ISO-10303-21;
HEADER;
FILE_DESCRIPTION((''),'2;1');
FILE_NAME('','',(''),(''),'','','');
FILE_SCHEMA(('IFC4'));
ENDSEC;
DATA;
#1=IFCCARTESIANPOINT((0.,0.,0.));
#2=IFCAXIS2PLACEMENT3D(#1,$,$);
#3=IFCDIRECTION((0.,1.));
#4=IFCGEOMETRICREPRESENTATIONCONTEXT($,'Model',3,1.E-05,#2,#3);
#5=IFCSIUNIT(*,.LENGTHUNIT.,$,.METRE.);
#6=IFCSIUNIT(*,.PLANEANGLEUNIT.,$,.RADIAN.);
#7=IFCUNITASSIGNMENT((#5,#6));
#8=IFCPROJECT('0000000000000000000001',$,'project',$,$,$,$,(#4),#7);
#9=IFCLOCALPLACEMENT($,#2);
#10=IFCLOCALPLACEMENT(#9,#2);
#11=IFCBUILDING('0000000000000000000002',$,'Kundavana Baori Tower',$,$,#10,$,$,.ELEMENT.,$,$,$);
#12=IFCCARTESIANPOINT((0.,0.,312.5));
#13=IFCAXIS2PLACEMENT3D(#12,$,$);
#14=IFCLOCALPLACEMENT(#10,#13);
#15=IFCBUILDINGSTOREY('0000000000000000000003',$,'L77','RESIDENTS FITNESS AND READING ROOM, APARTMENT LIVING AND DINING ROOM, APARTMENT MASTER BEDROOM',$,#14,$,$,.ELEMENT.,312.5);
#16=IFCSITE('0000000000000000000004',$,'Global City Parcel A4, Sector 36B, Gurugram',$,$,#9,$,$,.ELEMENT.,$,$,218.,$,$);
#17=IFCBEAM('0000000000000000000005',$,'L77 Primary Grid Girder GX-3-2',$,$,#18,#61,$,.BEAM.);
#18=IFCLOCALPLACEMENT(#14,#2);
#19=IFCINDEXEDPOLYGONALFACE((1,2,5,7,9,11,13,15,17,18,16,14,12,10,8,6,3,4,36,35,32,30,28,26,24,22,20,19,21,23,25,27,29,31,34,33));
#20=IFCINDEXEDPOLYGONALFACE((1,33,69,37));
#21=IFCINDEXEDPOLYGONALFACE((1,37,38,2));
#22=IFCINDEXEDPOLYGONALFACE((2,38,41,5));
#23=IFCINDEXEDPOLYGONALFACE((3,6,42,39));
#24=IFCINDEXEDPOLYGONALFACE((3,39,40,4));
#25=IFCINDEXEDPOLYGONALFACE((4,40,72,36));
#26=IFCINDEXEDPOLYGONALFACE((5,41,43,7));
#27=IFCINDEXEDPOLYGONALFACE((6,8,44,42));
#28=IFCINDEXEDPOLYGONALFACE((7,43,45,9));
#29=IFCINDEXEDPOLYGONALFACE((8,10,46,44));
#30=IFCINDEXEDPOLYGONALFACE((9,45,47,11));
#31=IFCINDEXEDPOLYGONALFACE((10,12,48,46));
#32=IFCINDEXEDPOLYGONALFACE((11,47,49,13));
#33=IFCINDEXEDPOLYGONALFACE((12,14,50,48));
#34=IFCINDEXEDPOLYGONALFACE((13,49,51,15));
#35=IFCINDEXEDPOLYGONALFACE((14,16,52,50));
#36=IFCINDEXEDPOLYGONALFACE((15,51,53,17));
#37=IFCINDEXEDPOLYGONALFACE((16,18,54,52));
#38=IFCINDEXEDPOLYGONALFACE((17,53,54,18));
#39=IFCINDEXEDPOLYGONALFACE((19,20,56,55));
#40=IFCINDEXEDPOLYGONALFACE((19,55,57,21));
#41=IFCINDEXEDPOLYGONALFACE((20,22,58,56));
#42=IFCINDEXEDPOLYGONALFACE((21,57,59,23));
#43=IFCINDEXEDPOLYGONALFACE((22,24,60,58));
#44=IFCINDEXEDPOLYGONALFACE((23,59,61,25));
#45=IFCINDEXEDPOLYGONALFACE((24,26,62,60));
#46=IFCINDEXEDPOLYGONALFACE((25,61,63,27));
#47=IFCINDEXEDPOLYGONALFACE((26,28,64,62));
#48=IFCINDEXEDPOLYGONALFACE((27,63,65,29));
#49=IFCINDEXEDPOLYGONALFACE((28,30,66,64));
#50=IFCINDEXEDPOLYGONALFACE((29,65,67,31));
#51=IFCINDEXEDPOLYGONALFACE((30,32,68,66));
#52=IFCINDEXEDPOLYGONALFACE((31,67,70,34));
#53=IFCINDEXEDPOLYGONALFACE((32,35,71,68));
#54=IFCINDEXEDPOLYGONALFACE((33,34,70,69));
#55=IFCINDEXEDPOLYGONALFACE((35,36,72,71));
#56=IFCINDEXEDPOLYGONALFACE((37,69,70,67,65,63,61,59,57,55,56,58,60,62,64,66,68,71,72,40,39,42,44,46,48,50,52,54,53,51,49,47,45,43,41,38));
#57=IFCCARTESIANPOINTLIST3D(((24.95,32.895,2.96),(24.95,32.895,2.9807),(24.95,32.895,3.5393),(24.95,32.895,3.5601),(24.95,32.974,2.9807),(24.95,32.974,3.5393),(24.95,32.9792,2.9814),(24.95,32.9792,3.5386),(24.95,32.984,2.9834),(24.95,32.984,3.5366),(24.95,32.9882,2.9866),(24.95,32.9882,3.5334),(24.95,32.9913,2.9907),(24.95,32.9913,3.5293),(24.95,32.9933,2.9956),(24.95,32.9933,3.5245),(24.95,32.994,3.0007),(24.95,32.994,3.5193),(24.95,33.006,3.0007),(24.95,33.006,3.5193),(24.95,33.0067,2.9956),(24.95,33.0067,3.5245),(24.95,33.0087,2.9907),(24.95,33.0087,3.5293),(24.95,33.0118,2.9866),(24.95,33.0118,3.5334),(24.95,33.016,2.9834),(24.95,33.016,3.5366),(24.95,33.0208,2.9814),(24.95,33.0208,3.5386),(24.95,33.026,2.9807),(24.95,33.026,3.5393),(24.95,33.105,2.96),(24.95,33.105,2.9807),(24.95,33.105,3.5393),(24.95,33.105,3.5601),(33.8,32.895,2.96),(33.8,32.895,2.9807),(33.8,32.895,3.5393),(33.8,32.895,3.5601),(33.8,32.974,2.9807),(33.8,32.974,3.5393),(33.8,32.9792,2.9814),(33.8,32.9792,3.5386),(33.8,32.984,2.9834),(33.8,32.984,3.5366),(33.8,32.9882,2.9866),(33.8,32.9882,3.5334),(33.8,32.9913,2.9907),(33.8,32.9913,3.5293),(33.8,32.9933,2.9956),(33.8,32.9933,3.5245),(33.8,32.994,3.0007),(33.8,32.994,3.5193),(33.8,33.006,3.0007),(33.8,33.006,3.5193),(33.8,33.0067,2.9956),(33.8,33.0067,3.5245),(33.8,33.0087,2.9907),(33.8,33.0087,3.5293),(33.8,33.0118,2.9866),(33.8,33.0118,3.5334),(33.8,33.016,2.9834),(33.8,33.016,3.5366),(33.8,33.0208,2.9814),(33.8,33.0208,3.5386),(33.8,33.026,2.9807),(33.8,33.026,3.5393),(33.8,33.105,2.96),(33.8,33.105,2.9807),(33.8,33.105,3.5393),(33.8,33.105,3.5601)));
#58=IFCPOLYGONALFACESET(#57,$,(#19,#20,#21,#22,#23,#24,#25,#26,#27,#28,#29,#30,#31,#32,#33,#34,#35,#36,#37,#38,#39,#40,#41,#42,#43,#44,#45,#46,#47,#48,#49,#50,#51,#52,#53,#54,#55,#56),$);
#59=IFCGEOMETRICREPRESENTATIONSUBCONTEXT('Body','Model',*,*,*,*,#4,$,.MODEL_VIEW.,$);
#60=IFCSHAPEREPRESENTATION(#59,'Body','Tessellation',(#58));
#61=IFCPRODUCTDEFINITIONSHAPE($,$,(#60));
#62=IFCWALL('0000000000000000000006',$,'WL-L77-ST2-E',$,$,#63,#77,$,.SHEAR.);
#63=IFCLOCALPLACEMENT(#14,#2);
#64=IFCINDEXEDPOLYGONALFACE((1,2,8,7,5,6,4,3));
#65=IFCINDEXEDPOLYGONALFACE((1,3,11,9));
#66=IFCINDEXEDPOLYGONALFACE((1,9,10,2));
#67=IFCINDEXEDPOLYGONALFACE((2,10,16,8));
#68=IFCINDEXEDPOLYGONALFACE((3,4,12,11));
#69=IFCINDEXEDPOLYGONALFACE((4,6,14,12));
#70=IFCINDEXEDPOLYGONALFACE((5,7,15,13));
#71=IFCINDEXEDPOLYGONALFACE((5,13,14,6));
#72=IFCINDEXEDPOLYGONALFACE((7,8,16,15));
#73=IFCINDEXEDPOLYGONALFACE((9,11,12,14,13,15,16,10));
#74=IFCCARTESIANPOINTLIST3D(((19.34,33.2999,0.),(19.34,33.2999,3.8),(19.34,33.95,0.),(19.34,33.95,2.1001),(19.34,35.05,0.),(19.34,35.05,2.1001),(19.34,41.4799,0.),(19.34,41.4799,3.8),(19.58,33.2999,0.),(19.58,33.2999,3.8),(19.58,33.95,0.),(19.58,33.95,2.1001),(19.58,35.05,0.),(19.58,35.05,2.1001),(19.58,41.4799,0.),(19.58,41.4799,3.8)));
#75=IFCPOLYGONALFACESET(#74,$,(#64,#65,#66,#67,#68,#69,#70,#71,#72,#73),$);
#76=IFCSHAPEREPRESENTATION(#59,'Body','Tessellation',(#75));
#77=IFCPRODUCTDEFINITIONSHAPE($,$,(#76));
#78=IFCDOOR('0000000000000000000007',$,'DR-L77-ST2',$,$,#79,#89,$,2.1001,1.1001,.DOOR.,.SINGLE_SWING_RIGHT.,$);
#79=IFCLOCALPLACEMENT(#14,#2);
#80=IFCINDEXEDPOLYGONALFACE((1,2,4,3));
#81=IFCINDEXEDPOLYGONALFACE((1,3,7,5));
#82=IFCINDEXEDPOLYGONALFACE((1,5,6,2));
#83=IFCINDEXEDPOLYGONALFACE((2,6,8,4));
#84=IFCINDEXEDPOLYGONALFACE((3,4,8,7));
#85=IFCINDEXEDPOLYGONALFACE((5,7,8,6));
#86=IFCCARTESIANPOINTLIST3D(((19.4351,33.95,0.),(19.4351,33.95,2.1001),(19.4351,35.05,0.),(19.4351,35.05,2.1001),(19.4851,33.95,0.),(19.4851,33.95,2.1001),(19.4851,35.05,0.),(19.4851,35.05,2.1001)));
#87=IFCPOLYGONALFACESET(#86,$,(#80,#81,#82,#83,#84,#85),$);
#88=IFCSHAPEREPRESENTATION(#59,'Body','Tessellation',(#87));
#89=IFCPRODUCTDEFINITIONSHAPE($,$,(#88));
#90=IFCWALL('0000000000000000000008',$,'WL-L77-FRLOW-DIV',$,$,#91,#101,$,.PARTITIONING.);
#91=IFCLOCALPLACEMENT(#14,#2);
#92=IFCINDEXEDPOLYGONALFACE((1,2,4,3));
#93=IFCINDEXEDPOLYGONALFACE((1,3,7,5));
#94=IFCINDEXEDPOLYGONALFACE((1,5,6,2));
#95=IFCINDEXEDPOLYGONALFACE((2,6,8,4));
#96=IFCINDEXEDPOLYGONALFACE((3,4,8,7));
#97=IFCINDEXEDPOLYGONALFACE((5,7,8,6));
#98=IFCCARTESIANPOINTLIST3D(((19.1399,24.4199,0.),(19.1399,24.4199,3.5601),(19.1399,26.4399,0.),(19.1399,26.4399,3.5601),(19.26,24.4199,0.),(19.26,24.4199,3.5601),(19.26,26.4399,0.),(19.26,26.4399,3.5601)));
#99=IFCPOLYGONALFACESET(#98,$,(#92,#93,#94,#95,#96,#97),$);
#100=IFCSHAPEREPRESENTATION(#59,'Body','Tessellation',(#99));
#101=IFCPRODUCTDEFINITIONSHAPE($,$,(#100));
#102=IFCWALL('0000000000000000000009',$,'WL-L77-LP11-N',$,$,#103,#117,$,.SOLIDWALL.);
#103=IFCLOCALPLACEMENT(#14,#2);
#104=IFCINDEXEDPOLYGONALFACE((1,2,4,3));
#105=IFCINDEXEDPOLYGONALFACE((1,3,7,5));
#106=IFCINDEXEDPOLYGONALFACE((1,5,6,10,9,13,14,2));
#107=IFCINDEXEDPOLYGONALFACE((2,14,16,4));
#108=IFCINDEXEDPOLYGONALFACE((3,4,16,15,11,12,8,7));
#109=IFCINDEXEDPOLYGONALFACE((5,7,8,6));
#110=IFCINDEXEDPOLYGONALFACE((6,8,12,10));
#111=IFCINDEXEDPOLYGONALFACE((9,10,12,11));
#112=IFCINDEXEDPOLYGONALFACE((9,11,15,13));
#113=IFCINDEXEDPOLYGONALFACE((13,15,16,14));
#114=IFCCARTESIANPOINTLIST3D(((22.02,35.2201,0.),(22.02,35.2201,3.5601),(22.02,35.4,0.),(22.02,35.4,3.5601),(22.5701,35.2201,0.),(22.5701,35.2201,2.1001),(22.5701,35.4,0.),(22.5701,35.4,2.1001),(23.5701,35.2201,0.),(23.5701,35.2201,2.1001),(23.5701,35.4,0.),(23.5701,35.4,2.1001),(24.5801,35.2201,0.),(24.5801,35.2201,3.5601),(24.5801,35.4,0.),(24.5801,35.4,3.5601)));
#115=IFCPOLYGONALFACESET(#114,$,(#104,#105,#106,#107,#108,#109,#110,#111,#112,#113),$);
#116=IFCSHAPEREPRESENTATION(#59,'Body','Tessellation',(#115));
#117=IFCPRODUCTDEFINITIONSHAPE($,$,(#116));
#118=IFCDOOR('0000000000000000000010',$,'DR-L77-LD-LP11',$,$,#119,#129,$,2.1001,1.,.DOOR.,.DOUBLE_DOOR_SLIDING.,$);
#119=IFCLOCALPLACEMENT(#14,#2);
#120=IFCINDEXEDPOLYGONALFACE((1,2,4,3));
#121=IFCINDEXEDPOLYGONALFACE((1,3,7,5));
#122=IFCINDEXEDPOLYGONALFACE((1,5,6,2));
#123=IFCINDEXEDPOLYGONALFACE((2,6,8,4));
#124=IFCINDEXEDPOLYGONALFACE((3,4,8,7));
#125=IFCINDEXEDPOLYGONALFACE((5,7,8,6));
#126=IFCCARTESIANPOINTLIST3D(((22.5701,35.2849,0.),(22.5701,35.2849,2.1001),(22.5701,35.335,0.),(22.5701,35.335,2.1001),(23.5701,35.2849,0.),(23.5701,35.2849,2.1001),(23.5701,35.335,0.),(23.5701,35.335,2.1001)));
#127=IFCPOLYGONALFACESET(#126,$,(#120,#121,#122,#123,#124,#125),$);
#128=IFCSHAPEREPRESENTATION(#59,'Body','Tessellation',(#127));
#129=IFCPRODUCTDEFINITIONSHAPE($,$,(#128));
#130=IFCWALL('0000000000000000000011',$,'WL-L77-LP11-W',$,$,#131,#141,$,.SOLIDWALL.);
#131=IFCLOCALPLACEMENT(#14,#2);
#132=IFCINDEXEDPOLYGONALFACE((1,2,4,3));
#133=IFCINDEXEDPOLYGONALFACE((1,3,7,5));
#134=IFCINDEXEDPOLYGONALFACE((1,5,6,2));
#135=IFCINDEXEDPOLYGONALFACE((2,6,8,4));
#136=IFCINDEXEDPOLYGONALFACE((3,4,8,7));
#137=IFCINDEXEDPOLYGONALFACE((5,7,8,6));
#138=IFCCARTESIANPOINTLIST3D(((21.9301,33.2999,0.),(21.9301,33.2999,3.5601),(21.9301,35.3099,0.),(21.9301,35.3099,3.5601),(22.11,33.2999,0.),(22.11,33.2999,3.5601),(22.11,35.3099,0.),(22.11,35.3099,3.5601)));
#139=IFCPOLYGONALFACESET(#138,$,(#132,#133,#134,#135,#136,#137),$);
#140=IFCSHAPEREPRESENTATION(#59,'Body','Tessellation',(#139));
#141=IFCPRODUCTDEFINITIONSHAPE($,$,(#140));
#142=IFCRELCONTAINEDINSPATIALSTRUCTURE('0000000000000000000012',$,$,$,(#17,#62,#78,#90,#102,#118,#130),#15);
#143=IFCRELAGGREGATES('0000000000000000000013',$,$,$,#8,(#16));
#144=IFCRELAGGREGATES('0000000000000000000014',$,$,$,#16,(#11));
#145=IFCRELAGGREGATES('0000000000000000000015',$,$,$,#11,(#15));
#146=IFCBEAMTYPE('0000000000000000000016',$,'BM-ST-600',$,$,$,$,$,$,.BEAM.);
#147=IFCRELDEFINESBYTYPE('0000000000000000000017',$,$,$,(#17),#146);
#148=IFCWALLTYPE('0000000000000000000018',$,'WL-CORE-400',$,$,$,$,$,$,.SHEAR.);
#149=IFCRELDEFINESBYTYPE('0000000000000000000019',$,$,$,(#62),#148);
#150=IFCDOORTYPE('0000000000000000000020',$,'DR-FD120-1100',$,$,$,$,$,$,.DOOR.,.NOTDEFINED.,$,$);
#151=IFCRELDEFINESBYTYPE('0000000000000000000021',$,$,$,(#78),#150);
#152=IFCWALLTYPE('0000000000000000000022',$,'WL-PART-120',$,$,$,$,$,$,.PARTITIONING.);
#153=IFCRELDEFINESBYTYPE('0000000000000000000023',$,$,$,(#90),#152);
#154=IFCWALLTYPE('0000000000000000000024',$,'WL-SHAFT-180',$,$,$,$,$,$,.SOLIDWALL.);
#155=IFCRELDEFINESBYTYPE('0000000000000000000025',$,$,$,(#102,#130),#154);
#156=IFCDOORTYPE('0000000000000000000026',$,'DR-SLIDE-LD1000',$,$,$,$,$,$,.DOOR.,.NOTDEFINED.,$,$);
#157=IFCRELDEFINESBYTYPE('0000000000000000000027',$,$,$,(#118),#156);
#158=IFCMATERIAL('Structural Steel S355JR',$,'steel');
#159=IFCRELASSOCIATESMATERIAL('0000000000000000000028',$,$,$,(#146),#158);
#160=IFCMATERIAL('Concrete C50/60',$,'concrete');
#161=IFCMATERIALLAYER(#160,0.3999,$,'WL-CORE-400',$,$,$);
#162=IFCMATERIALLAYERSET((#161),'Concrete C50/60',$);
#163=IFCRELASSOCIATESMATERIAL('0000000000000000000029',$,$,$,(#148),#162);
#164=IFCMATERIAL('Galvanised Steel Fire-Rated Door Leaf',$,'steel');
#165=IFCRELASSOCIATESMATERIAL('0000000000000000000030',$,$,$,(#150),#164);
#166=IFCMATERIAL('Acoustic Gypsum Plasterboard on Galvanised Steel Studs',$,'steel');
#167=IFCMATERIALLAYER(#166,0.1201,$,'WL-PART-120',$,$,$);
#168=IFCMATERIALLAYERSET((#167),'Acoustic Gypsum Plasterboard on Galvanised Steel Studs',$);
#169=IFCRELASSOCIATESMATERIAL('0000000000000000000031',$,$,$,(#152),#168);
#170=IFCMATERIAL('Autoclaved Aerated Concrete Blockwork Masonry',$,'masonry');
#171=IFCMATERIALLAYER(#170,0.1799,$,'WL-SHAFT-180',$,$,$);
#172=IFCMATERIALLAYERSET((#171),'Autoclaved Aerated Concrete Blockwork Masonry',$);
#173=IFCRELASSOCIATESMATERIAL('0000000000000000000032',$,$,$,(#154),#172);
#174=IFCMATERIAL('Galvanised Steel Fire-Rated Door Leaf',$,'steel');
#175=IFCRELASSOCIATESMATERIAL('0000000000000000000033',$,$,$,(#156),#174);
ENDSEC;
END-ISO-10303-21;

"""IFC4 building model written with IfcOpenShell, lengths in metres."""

from ifc_helpers import new_model, si_unit, direction, frame, frame_2d, origin, origin_2d, place, context, subcontext, project, spatial, rectangle, i_section, extrude, material, layer, layer_set, material_profile, profile_set, type_object, element, fill, save


model = new_model("IFC4")

# Units and contexts
model_context = context("Model", 3, precision=1e-05, world=origin(), true_north=direction((0.0, 1.0)))
body_context = subcontext(model_context, "Body", "Model", "MODEL_VIEW")
ifc_project = project(units=[si_unit("LENGTHUNIT", "METRE"), si_unit("PLANEANGLEUNIT", "RADIAN")], contexts=[model_context])

# Site, building, storey
site_placement = place(None, origin())
site = spatial("IfcSite", under=ifc_project, at=site_placement, Name="Global City Parcel A4, Sector 36B, Gurugram", CompositionType="ELEMENT", RefElevation=218.0)
building_placement = place(site_placement, origin())
building = spatial("IfcBuilding", under=site, at=building_placement, Name="Kundavana Baori Tower", CompositionType="ELEMENT")
storey_placement = place(building_placement, frame((0.0, 0.0, 312.5)))
storey = spatial("IfcBuildingStorey", under=building, at=storey_placement, Name="L77", Description="RESIDENTS FITNESS AND READING ROOM, APARTMENT LIVING AND DINING ROOM, APARTMENT MASTER BEDROOM", CompositionType="ELEMENT", Elevation=312.5)

# Beam
ifc_material_1 = material(Name="Structural Steel S355JR", Category="steel")
ifc_material_profile_1 = material_profile(ifc_material_1, i_section(OverallWidth=0.21, OverallDepth=0.6001, WebThickness=0.012, FlangeThickness=0.0208, FilletRadius=0.02, at=origin_2d()), Name="ISMB 600")
ifc_profile_set_1 = profile_set([ifc_material_profile_1], Name="Structural Steel S355JR")
beam_type_1 = type_object("IfcBeamType", Name="BM-ST-600", PredefinedType="BEAM", material=ifc_profile_set_1)
for number, where, z_axis, x_axis, name in (
    (1, (24.95, 33.0, 3.26), (1.0, 0.0, 0.0), (0.0, 1.0, 0.0), "L77 Primary Grid Girder GX-3-2"),
):
    element("IfcBeam", number, at=place(storey_placement, frame(where, z_axis=z_axis, x_axis=x_axis)), inside=storey, type_object=beam_type_1, Name=name, PredefinedType="BEAM", context=body_context, shape_type="SweptSolid", body=[
        extrude(i_section(OverallWidth=0.21, OverallDepth=0.6001, WebThickness=0.012, FlangeThickness=0.0208, FilletRadius=0.02, at=origin_2d()), origin(), (0.0, 0.0, 1.0), 8.8501),
    ])

# Wall, opening, door
ifc_material_2 = material(Name="Concrete C50/60", Category="concrete")
ifc_layer_1 = layer(ifc_material_2, 0.3999, Name="WL-CORE-400")
ifc_layer_set_1 = layer_set([ifc_layer_1], Name="Concrete C50/60")
wall_type_1 = type_object("IfcWallType", Name="WL-CORE-400", PredefinedType="SHEAR", material=ifc_layer_set_1)
wall_1_placement = place(storey_placement, frame((19.46, 33.3, 0.0), z_axis=(0.0, 0.0, 1.0), x_axis=(0.0, 1.0, 0.0)))
wall_1 = element("IfcWall", 2, at=wall_1_placement, inside=storey, type_object=wall_type_1, Name="WL-L77-ST2-E", PredefinedType="SHEAR", context=body_context, shape_type="SweptSolid", body=[
    extrude(rectangle(XDim=8.1799, YDim=0.24, at=frame_2d((4.0898, 0.0))), origin(), (0.0, 0.0, 1.0), 3.8),
])
opening_1_placement = place(wall_1_placement, frame((0.6499, 0.0, 0.0)))
opening_1 = element("IfcOpeningElement", 3, at=opening_1_placement, cuts=wall_1, PredefinedType="OPENING", context=body_context, shape_type="SweptSolid", body=[
    extrude(rectangle(XDim=1.1001, YDim=2.1001, at=frame_2d((0.55, 1.05))), frame((0.0, 0.1299, 0.0), z_axis=(0.0, -1.0, 0.0), x_axis=(1.0, 0.0, 0.0)), (0.0, 0.0, 1.0), 0.26),
])
ifc_material_3 = material(Name="Galvanised Steel Fire-Rated Door Leaf", Category="steel")
door_type_1 = type_object("IfcDoorType", Name="DR-FD120-1100", OperationType="NOTDEFINED", PredefinedType="DOOR", material=ifc_material_3)
door_1_placement = place(opening_1_placement, origin())
door_1 = element("IfcDoor", 4, at=door_1_placement, inside=storey, type_object=door_type_1, Name="DR-L77-ST2", OperationType="SINGLE_SWING_RIGHT", OverallHeight=2.1001, OverallWidth=1.1001, PredefinedType="DOOR", context=body_context, shape_type="SweptSolid", body=[
    extrude(rectangle(XDim=1.1001, YDim=2.1001, at=frame_2d((0.55, 1.05))), frame((0.0, 0.0249, 0.0), z_axis=(0.0, -1.0, 0.0), x_axis=(1.0, 0.0, 0.0)), (0.0, 0.0, 1.0), 0.05),
])
fill(opening_1, door_1)

# Wall
ifc_material_4 = material(Name="Acoustic Gypsum Plasterboard on Galvanised Steel Studs", Category="steel")
ifc_layer_2 = layer(ifc_material_4, 0.1201, Name="WL-PART-120")
ifc_layer_set_2 = layer_set([ifc_layer_2], Name="Acoustic Gypsum Plasterboard on Galvanised Steel Studs")
wall_type_2 = type_object("IfcWallType", Name="WL-PART-120", PredefinedType="PARTITIONING", material=ifc_layer_set_2)
wall_2_placement = place(storey_placement, frame((19.2, 24.4199, 0.0), z_axis=(0.0, 0.0, 1.0), x_axis=(0.0, 1.0, 0.0)))
element("IfcWall", 5, at=wall_2_placement, inside=storey, type_object=wall_type_2, Name="WL-L77-FRLOW-DIV", PredefinedType="PARTITIONING", context=body_context, shape_type="SweptSolid", body=[
    extrude(rectangle(XDim=2.02, YDim=0.1201, at=frame_2d((1.01, 0.0))), origin(), (0.0, 0.0, 1.0), 3.5601),
])

# Wall, opening, door
ifc_material_5 = material(Name="Autoclaved Aerated Concrete Blockwork Masonry", Category="masonry")
ifc_layer_3 = layer(ifc_material_5, 0.1799, Name="WL-SHAFT-180")
ifc_layer_set_3 = layer_set([ifc_layer_3], Name="Autoclaved Aerated Concrete Blockwork Masonry")
wall_type_3 = type_object("IfcWallType", Name="WL-SHAFT-180", PredefinedType="SOLIDWALL", material=ifc_layer_set_3)
wall_3_placement = place(storey_placement, frame((22.02, 35.3101, 0.0), z_axis=(0.0, 0.0, 1.0), x_axis=(1.0, 0.0, 0.0)))
wall_3 = element("IfcWall", 6, at=wall_3_placement, inside=storey, type_object=wall_type_3, Name="WL-L77-LP11-N", PredefinedType="SOLIDWALL", context=body_context, shape_type="SweptSolid", body=[
    extrude(rectangle(XDim=2.5601, YDim=0.1799, at=frame_2d((1.28, 0.0))), origin(), (0.0, 0.0, 1.0), 3.5601),
])
opening_2_placement = place(wall_3_placement, frame((0.55, 0.0, 0.0)))
opening_2 = element("IfcOpeningElement", 7, at=opening_2_placement, cuts=wall_3, PredefinedType="OPENING", context=body_context, shape_type="SweptSolid", body=[
    extrude(rectangle(XDim=1.0, YDim=2.1001, at=frame_2d((0.5, 1.05))), frame((0.0, 0.1001, 0.0), z_axis=(0.0, -1.0, 0.0), x_axis=(1.0, 0.0, 0.0)), (0.0, 0.0, 1.0), 0.2),
])
ifc_material_6 = material(Name="Galvanised Steel Fire-Rated Door Leaf", Category="steel")
door_type_2 = type_object("IfcDoorType", Name="DR-SLIDE-LD1000", OperationType="NOTDEFINED", PredefinedType="DOOR", material=ifc_material_6)
door_2_placement = place(opening_2_placement, origin())
door_2 = element("IfcDoor", 8, at=door_2_placement, inside=storey, type_object=door_type_2, Name="DR-L77-LD-LP11", OperationType="DOUBLE_DOOR_SLIDING", OverallHeight=2.1001, OverallWidth=1.0, PredefinedType="DOOR", context=body_context, shape_type="SweptSolid", body=[
    extrude(rectangle(XDim=1.0, YDim=2.1001, at=frame_2d((0.5, 1.05))), frame((0.0, 0.0249, 0.0), z_axis=(0.0, -1.0, 0.0), x_axis=(1.0, 0.0, 0.0)), (0.0, 0.0, 1.0), 0.05),
])
fill(opening_2, door_2)

# Wall
wall_4_placement = place(storey_placement, frame((22.02, 33.3, 0.0), z_axis=(0.0, 0.0, 1.0), x_axis=(0.0, 1.0, 0.0)))
element("IfcWall", 9, at=wall_4_placement, inside=storey, type_object=wall_type_3, Name="WL-L77-LP11-W", PredefinedType="SOLIDWALL", context=body_context, shape_type="SweptSolid", body=[
    extrude(rectangle(XDim=2.01, YDim=0.1799, at=frame_2d((1.0049, 0.0))), origin(), (0.0, 0.0, 1.0), 3.5601),
])

save(model, "model.ifc")
